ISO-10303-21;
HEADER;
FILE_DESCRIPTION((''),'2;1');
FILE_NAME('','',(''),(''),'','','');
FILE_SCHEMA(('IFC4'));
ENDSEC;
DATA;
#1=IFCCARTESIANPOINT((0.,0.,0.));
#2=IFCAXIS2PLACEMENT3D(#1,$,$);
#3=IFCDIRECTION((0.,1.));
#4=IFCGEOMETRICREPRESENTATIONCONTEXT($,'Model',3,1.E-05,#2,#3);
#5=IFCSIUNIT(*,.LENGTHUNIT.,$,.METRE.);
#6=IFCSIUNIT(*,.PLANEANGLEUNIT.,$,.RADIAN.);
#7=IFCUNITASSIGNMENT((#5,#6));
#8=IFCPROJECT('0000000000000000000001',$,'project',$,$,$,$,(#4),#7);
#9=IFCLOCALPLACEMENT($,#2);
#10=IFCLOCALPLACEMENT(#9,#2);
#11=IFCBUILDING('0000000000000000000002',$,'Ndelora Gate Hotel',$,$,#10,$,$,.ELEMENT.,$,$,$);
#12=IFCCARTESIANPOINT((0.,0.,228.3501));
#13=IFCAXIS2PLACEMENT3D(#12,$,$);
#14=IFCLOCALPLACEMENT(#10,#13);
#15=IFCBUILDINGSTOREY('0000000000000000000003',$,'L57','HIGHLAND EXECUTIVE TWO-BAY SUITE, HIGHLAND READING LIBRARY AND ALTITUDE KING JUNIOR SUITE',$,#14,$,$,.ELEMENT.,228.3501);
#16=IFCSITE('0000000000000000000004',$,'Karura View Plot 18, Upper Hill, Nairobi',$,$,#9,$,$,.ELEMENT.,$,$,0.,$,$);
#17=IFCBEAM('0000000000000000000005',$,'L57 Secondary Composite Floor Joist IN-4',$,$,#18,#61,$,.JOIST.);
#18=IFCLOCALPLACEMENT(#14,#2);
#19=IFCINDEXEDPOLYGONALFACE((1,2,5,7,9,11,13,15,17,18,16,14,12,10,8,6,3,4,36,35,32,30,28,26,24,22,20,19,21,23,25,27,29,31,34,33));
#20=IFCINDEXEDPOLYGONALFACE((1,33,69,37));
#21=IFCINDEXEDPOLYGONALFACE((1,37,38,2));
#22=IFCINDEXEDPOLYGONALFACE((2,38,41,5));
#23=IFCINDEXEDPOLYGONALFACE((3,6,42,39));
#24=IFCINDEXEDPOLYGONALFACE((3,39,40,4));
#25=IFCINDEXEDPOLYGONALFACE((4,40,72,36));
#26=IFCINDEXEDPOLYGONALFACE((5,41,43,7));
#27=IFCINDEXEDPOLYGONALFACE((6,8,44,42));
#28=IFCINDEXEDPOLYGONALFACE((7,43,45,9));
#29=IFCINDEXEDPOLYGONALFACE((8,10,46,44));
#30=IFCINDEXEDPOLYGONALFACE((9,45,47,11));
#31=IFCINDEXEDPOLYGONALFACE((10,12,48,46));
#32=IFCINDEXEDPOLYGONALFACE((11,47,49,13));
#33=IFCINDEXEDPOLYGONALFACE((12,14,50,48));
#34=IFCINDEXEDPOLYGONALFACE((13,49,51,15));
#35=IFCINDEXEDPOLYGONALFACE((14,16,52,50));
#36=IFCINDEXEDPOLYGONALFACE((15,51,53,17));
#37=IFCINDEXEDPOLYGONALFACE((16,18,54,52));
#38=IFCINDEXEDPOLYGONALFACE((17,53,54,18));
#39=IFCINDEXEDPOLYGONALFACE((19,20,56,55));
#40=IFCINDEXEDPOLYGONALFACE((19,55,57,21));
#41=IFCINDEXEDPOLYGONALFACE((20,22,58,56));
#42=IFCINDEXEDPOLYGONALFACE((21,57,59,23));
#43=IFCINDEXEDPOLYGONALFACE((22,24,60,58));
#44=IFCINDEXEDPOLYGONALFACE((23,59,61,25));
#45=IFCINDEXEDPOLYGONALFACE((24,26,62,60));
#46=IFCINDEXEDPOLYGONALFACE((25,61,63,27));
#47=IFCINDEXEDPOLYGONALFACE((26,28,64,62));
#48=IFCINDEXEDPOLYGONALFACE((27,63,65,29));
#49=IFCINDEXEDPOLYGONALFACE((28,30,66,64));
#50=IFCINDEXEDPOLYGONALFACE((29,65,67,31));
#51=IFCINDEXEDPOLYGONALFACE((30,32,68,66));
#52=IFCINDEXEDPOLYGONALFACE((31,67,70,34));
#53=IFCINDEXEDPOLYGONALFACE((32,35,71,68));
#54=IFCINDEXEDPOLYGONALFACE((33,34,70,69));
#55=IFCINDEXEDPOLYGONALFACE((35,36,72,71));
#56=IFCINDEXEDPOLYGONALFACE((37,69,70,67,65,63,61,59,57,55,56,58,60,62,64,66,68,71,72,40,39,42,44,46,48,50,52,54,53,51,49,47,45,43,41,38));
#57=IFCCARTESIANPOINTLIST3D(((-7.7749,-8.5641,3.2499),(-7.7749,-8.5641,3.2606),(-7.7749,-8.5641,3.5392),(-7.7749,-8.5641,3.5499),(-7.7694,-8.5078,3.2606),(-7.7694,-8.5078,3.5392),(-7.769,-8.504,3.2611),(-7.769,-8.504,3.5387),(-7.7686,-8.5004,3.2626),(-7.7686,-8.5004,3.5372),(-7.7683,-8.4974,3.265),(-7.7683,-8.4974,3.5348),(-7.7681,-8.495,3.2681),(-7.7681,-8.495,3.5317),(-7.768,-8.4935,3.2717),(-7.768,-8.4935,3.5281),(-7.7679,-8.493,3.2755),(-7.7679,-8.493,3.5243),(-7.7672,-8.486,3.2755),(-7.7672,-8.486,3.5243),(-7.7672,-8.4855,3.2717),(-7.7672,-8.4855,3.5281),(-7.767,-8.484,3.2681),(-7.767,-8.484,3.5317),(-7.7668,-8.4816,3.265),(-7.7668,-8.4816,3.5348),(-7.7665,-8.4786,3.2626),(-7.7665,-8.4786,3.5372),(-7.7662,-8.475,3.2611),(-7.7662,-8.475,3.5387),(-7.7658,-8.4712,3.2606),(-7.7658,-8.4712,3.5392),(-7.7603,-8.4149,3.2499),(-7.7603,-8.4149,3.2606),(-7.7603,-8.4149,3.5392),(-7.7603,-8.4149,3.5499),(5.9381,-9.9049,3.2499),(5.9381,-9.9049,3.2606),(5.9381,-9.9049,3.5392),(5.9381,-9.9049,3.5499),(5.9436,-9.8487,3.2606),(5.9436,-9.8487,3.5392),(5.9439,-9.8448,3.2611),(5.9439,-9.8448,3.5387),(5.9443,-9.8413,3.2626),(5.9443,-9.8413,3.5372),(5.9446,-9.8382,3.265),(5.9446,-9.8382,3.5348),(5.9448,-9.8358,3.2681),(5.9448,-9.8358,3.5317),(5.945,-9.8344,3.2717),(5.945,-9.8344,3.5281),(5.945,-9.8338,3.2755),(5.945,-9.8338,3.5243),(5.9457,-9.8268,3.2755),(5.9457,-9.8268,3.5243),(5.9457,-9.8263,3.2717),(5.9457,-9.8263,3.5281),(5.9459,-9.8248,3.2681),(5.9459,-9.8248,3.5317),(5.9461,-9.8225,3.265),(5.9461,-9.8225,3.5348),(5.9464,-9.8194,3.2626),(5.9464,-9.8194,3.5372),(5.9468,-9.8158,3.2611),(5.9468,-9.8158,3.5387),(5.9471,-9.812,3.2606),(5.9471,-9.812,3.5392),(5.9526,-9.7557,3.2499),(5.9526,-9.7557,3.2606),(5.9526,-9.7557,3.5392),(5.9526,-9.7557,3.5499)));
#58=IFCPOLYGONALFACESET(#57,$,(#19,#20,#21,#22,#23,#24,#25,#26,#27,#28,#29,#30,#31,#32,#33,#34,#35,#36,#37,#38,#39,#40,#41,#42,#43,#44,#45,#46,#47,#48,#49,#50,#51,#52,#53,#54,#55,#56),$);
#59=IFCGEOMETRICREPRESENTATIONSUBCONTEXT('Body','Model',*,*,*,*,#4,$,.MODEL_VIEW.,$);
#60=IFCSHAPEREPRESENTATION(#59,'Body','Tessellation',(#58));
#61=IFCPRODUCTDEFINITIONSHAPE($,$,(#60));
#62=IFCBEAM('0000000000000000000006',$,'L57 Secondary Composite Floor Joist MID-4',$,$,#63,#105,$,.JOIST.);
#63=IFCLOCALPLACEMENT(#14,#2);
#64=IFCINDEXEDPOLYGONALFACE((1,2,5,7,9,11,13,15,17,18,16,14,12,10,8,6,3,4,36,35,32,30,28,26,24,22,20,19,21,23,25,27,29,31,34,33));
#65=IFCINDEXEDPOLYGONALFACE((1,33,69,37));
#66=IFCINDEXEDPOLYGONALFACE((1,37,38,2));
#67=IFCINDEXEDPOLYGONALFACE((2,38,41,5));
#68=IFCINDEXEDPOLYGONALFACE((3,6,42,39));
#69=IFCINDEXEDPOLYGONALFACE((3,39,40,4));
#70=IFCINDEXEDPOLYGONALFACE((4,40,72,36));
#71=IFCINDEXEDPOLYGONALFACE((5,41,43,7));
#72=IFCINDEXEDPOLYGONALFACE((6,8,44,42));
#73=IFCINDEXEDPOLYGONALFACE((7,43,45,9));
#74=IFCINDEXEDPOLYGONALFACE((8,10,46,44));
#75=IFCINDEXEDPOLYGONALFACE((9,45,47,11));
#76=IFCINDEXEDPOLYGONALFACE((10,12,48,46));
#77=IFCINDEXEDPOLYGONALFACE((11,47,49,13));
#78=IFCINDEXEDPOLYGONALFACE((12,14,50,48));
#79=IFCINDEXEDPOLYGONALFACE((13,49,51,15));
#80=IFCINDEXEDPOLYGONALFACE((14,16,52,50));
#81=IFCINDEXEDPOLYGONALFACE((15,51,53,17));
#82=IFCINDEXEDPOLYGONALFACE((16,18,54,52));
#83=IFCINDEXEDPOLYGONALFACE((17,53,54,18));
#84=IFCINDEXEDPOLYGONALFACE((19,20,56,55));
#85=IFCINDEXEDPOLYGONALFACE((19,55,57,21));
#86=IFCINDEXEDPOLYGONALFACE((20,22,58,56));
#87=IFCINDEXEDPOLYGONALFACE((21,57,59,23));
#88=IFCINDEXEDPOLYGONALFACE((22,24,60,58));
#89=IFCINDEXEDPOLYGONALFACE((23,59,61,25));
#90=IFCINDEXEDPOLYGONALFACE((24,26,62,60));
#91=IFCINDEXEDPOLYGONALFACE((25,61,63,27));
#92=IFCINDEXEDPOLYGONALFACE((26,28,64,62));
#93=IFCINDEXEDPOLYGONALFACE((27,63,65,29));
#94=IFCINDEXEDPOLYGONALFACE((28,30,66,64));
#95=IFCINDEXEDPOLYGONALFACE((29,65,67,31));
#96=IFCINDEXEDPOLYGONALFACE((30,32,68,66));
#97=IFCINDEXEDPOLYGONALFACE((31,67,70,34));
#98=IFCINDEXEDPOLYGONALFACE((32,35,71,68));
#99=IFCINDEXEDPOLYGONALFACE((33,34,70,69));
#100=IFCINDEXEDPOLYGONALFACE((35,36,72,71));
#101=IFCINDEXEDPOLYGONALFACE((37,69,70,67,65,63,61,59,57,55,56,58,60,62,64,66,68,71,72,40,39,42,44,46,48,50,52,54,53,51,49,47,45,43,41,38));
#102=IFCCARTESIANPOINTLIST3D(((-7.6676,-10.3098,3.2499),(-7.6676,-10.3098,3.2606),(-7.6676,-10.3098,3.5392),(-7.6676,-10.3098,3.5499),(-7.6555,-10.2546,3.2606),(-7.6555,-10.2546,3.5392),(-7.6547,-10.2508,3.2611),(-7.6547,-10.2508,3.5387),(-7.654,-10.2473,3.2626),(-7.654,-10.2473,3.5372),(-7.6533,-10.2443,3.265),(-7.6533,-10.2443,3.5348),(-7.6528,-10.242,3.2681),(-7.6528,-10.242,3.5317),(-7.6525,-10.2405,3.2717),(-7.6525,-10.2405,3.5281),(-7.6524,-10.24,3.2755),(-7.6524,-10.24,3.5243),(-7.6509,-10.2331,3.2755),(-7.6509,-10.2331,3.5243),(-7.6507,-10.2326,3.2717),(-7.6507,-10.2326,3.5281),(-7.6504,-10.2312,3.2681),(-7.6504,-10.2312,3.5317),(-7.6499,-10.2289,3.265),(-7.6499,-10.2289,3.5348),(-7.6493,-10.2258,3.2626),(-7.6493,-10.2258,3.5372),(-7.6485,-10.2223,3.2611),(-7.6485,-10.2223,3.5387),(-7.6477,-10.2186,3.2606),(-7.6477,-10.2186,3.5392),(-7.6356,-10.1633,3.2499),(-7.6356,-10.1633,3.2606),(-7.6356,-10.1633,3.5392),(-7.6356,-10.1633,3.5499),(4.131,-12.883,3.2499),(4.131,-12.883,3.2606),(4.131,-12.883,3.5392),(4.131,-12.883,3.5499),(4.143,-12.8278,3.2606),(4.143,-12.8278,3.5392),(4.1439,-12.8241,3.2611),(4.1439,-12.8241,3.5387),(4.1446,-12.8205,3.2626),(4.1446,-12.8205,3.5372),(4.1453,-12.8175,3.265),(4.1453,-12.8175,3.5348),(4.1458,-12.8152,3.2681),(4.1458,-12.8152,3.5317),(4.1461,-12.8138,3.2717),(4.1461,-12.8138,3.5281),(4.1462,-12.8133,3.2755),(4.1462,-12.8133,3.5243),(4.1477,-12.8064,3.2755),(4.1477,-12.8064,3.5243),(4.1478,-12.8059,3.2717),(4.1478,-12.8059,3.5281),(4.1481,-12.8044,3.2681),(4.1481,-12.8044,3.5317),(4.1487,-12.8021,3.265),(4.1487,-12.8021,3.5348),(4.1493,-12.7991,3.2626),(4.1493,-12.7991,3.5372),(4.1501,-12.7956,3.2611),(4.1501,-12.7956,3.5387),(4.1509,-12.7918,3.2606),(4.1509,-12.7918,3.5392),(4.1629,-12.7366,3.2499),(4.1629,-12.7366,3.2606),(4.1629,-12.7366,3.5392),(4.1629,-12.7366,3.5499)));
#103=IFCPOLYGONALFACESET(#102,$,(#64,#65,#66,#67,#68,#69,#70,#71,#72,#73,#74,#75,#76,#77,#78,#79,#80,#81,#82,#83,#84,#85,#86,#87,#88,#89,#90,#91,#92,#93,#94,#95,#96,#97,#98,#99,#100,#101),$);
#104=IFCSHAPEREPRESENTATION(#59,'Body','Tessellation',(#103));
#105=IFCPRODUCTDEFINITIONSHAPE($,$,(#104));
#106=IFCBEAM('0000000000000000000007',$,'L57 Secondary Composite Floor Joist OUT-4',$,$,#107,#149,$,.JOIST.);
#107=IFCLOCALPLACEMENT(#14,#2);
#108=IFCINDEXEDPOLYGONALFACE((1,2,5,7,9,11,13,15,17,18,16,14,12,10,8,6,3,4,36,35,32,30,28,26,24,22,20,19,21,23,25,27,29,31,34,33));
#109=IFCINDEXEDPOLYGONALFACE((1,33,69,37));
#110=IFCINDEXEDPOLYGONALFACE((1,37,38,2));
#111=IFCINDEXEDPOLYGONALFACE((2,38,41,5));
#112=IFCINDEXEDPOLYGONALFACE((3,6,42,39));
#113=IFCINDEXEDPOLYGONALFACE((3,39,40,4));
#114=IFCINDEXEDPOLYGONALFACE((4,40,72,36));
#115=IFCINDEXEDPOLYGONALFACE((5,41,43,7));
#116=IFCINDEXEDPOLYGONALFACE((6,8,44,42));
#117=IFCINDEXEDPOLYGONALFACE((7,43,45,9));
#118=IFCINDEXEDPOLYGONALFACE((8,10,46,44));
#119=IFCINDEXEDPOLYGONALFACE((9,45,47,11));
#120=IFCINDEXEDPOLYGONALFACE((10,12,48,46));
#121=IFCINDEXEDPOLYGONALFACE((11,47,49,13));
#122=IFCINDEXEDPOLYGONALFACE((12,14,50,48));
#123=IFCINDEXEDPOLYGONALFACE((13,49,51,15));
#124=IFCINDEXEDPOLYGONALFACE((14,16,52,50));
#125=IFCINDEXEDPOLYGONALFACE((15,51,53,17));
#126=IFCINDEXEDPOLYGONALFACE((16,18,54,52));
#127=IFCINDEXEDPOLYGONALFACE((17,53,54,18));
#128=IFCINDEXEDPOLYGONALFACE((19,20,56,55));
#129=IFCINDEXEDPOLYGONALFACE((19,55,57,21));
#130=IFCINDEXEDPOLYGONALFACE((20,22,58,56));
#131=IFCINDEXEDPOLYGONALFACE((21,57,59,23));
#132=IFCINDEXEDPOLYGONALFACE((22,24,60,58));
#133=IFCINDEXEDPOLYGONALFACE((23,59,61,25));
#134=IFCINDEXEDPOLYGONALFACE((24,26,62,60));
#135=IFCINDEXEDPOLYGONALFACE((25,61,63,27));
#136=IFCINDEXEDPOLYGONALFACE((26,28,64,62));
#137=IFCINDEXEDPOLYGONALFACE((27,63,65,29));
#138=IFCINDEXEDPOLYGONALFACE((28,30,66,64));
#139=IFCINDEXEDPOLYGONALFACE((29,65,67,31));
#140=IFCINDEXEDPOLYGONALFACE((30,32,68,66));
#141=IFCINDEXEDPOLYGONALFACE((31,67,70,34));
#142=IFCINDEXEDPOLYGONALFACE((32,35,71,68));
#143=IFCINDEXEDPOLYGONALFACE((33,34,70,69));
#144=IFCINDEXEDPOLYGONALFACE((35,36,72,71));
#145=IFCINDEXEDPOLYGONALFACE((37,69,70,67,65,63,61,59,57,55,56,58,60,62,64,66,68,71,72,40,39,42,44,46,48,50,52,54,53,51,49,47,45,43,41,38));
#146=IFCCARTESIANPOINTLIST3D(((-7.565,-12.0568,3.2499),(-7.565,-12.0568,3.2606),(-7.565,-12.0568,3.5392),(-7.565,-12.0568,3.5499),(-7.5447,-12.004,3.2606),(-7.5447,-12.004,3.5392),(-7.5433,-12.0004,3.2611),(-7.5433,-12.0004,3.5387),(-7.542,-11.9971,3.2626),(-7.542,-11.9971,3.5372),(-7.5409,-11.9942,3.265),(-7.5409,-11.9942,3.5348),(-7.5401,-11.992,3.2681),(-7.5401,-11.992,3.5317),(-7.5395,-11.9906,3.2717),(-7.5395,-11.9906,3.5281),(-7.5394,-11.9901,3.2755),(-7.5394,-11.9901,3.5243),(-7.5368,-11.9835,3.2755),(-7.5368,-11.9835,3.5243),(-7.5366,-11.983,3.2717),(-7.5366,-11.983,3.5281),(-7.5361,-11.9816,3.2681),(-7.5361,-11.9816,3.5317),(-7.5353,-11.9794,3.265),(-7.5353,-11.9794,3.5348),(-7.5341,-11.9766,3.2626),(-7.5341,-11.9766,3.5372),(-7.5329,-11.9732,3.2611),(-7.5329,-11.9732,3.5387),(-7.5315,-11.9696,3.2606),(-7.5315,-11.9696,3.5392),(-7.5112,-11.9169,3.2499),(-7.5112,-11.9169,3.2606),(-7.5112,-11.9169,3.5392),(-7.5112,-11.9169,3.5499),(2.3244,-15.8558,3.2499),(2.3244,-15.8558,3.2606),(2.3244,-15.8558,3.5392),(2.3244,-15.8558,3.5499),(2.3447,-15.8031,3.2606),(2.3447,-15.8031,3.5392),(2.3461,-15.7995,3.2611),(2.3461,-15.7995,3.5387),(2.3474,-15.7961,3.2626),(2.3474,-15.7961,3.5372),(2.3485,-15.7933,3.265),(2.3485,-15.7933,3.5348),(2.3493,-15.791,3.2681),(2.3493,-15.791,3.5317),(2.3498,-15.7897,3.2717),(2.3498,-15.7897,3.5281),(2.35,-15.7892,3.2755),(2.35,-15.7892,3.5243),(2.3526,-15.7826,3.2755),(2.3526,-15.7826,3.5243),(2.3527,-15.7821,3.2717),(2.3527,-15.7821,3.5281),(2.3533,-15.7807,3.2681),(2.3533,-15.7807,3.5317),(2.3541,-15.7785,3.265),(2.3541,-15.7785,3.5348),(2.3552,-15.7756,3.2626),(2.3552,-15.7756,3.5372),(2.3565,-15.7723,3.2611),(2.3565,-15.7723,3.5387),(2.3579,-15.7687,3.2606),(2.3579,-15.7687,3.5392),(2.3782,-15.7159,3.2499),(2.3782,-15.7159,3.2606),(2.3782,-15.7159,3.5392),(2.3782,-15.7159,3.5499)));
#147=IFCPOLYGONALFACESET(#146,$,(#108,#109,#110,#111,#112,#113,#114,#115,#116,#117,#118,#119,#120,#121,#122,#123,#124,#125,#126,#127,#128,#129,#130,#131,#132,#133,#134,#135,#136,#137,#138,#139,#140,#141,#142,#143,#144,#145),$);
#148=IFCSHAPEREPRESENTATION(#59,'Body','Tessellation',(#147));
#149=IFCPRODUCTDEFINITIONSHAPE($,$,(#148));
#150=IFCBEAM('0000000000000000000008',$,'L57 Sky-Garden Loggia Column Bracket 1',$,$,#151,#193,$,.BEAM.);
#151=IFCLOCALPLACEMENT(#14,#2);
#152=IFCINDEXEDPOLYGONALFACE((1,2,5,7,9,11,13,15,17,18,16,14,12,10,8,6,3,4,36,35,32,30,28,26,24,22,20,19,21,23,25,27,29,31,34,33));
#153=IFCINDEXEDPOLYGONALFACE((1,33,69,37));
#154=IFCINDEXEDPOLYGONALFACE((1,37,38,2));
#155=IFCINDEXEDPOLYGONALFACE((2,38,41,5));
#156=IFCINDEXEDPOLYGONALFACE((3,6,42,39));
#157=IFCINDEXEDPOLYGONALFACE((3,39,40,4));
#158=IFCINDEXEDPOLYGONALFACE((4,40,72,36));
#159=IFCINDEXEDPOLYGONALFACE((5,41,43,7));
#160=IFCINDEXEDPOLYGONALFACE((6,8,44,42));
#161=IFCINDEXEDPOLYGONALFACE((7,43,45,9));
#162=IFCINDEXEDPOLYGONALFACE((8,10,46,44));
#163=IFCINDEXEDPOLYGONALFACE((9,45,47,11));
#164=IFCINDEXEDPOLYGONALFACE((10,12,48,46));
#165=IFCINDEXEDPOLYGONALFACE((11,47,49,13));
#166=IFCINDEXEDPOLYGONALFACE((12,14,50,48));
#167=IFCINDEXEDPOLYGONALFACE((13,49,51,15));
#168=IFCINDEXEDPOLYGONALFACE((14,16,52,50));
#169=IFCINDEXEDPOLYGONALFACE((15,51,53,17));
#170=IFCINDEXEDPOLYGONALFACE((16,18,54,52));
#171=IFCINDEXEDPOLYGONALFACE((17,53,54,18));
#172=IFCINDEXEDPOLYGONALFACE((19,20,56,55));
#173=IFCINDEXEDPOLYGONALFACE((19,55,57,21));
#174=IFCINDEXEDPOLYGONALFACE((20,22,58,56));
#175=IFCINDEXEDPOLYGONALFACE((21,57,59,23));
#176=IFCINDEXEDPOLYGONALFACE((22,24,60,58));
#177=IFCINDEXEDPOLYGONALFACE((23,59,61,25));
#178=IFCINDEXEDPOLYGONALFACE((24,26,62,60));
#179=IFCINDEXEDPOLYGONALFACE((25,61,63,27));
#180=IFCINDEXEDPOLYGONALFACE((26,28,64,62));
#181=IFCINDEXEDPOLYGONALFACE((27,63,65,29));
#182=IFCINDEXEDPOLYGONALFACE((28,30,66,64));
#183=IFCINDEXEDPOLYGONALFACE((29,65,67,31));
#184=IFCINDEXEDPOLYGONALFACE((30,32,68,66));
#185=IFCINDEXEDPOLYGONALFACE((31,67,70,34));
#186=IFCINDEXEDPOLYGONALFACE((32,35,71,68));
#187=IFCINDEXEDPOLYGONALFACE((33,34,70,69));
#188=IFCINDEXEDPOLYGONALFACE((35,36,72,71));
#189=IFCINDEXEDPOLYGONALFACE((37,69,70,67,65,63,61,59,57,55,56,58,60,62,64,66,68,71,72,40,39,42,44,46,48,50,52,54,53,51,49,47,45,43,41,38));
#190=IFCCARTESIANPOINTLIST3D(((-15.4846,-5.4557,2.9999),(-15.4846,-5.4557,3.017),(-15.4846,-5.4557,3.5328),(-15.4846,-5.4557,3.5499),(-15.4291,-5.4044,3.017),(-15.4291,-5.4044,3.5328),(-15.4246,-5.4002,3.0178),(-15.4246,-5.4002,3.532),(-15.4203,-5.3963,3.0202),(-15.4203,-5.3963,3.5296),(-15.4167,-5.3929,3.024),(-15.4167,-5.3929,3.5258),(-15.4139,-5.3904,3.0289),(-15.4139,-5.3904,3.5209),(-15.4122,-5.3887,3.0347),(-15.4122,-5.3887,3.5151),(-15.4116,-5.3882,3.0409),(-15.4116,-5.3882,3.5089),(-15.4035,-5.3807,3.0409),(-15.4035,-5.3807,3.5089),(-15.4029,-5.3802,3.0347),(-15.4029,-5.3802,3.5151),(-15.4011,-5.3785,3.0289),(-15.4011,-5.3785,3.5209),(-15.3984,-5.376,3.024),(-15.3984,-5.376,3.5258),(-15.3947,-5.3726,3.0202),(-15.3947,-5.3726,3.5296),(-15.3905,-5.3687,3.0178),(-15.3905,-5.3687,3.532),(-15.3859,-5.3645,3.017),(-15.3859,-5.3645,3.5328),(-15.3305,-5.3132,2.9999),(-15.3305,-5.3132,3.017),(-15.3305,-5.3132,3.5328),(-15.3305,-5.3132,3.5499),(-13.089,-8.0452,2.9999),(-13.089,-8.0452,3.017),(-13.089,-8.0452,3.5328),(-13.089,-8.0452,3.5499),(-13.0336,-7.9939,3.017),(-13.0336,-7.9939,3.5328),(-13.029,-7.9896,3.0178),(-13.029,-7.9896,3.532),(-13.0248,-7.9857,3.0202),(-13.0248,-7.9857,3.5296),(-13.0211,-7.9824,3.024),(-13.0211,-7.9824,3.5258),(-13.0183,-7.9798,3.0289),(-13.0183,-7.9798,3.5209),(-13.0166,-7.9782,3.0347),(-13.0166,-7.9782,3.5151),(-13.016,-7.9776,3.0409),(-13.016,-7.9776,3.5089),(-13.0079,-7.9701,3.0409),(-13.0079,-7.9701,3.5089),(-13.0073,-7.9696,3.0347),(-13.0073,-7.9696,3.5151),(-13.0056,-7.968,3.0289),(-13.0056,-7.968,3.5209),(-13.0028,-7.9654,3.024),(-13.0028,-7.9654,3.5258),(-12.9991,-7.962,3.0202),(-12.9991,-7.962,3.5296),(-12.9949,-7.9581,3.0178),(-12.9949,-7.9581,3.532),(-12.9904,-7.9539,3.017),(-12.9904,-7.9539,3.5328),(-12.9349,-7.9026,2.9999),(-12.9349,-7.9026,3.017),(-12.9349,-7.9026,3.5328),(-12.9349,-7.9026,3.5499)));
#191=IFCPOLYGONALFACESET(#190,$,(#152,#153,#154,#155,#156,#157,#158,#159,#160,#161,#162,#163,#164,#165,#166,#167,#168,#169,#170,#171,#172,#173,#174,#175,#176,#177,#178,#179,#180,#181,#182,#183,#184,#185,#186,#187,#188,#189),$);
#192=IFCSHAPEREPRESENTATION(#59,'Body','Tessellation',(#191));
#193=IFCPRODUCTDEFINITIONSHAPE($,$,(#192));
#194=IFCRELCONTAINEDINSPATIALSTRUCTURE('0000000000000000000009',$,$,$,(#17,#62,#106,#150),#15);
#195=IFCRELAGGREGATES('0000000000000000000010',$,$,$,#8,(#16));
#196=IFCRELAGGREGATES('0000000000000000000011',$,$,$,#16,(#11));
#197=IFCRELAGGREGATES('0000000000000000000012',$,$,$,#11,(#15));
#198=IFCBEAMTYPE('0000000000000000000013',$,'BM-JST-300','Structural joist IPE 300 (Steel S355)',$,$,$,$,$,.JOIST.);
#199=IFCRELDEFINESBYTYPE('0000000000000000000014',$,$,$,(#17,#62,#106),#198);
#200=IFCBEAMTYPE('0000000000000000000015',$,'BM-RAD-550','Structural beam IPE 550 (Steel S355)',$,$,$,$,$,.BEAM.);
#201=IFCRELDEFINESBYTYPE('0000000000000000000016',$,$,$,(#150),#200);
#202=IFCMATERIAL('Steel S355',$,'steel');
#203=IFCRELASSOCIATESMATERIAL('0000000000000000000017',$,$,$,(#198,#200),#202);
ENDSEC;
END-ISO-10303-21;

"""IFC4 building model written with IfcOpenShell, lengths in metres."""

from ifc_helpers import new_model, si_unit, direction, frame, origin, origin_2d, place, context, subcontext, project, spatial, i_section, extrude, material, material_profile, profile_set, type_object, element, save


model = new_model("IFC4")

# Units and contexts
model_context = context("Model", 3, precision=1e-05, world=origin(), true_north=direction((0.0, 1.0)))
body_context = subcontext(model_context, "Body", "Model", "MODEL_VIEW")
ifc_project = project(units=[si_unit("LENGTHUNIT", "METRE"), si_unit("PLANEANGLEUNIT", "RADIAN")], contexts=[model_context])

# Site, building, storey
site_placement = place(None, origin())
site = spatial("IfcSite", under=ifc_project, at=site_placement, Name="Karura View Plot 18, Upper Hill, Nairobi", CompositionType="ELEMENT", RefElevation=0.0)
building_placement = place(site_placement, origin())
building = spatial("IfcBuilding", under=site, at=building_placement, Name="Ndelora Gate Hotel", CompositionType="ELEMENT")
storey_placement = place(building_placement, frame((0.0, 0.0, 228.3501)))
storey = spatial("IfcBuildingStorey", under=building, at=storey_placement, Name="L57", Description="HIGHLAND EXECUTIVE TWO-BAY SUITE, HIGHLAND READING LIBRARY AND ALTITUDE KING JUNIOR SUITE", CompositionType="ELEMENT", Elevation=228.3501)

# Beams
ifc_material_1 = material(Name="Steel S355", Category="steel")
ifc_material_profile_1 = material_profile(ifc_material_1, i_section(OverallWidth=0.1499, OverallDepth=0.3, WebThickness=0.0071, FlangeThickness=0.0107, FilletRadius=0.0149, at=origin_2d()), Name="IPE 300")
ifc_profile_set_1 = profile_set([ifc_material_profile_1], Name="Steel S355")
beam_type_1 = type_object("IfcBeamType", Name="BM-JST-300", Description="Structural joist IPE 300 (Steel S355)", PredefinedType="JOIST", material=ifc_profile_set_1)
beam_1_placement = place(storey_placement, frame((-7.7676, -8.4895, 3.3999), z_axis=(0.995254, -0.097314, 0.0), x_axis=(0.097314, 0.995254, 0.0)))
element("IfcBeam", 1, at=beam_1_placement, inside=storey, type_object=beam_type_1, Name="L57 Secondary Composite Floor Joist IN-4", PredefinedType="JOIST", context=body_context, shape_type="SweptSolid", body=[
    extrude(i_section(OverallWidth=0.1499, OverallDepth=0.3, WebThickness=0.0071, FlangeThickness=0.0107, FilletRadius=0.0149, at=origin_2d()), origin(), (0.0, 0.0, 1.0), 13.7783),
])
beam_2_placement = place(storey_placement, frame((-7.6516, -10.2366, 3.3999), z_axis=(0.977033, -0.213088, 0.0), x_axis=(0.213088, 0.977033, 0.0)))
element("IfcBeam", 2, at=beam_2_placement, inside=storey, type_object=beam_type_1, Name="L57 Secondary Composite Floor Joist MID-4", PredefinedType="JOIST", context=body_context, shape_type="SweptSolid", body=[
    extrude(i_section(OverallWidth=0.1499, OverallDepth=0.3, WebThickness=0.0071, FlangeThickness=0.0107, FilletRadius=0.0149, at=origin_2d()), origin(), (0.0, 0.0, 1.0), 12.0759),
])
beam_3_placement = place(storey_placement, frame((-7.5381, -11.9868, 3.3999), z_axis=(0.933489, -0.358605, 0.0), x_axis=(0.358605, 0.933489, 0.0)))
element("IfcBeam", 3, at=beam_3_placement, inside=storey, type_object=beam_type_1, Name="L57 Secondary Composite Floor Joist OUT-4", PredefinedType="JOIST", context=body_context, shape_type="SweptSolid", body=[
    extrude(i_section(OverallWidth=0.1499, OverallDepth=0.3, WebThickness=0.0071, FlangeThickness=0.0107, FilletRadius=0.0149, at=origin_2d()), origin(), (0.0, 0.0, 1.0), 10.594),
])
ifc_material_profile_2 = material_profile(ifc_material_1, i_section(OverallWidth=0.21, OverallDepth=0.55, WebThickness=0.011, FlangeThickness=0.0171, FilletRadius=0.0239, at=origin_2d()), Name="IPE 550")
ifc_profile_set_2 = profile_set([ifc_material_profile_2], Name="Steel S355")
beam_type_2 = type_object("IfcBeamType", Name="BM-RAD-550", Description="Structural beam IPE 550 (Steel S355)", PredefinedType="BEAM", material=ifc_profile_set_2)
beam_4_placement = place(storey_placement, frame((-13.012, -7.9739, 3.2749), z_axis=(-0.679096, 0.734049, 0.0), x_axis=(-0.734049, -0.679096, 0.0)))
element("IfcBeam", 4, at=beam_4_placement, inside=storey, type_object=beam_type_2, Name="L57 Sky-Garden Loggia Column Bracket 1", PredefinedType="BEAM", context=body_context, shape_type="SweptSolid", body=[
    extrude(i_section(OverallWidth=0.21, OverallDepth=0.55, WebThickness=0.011, FlangeThickness=0.0171, FilletRadius=0.0239, at=origin_2d()), origin(), (0.0, 0.0, 1.0), 3.5276),
])

save(model, "model.ifc")
